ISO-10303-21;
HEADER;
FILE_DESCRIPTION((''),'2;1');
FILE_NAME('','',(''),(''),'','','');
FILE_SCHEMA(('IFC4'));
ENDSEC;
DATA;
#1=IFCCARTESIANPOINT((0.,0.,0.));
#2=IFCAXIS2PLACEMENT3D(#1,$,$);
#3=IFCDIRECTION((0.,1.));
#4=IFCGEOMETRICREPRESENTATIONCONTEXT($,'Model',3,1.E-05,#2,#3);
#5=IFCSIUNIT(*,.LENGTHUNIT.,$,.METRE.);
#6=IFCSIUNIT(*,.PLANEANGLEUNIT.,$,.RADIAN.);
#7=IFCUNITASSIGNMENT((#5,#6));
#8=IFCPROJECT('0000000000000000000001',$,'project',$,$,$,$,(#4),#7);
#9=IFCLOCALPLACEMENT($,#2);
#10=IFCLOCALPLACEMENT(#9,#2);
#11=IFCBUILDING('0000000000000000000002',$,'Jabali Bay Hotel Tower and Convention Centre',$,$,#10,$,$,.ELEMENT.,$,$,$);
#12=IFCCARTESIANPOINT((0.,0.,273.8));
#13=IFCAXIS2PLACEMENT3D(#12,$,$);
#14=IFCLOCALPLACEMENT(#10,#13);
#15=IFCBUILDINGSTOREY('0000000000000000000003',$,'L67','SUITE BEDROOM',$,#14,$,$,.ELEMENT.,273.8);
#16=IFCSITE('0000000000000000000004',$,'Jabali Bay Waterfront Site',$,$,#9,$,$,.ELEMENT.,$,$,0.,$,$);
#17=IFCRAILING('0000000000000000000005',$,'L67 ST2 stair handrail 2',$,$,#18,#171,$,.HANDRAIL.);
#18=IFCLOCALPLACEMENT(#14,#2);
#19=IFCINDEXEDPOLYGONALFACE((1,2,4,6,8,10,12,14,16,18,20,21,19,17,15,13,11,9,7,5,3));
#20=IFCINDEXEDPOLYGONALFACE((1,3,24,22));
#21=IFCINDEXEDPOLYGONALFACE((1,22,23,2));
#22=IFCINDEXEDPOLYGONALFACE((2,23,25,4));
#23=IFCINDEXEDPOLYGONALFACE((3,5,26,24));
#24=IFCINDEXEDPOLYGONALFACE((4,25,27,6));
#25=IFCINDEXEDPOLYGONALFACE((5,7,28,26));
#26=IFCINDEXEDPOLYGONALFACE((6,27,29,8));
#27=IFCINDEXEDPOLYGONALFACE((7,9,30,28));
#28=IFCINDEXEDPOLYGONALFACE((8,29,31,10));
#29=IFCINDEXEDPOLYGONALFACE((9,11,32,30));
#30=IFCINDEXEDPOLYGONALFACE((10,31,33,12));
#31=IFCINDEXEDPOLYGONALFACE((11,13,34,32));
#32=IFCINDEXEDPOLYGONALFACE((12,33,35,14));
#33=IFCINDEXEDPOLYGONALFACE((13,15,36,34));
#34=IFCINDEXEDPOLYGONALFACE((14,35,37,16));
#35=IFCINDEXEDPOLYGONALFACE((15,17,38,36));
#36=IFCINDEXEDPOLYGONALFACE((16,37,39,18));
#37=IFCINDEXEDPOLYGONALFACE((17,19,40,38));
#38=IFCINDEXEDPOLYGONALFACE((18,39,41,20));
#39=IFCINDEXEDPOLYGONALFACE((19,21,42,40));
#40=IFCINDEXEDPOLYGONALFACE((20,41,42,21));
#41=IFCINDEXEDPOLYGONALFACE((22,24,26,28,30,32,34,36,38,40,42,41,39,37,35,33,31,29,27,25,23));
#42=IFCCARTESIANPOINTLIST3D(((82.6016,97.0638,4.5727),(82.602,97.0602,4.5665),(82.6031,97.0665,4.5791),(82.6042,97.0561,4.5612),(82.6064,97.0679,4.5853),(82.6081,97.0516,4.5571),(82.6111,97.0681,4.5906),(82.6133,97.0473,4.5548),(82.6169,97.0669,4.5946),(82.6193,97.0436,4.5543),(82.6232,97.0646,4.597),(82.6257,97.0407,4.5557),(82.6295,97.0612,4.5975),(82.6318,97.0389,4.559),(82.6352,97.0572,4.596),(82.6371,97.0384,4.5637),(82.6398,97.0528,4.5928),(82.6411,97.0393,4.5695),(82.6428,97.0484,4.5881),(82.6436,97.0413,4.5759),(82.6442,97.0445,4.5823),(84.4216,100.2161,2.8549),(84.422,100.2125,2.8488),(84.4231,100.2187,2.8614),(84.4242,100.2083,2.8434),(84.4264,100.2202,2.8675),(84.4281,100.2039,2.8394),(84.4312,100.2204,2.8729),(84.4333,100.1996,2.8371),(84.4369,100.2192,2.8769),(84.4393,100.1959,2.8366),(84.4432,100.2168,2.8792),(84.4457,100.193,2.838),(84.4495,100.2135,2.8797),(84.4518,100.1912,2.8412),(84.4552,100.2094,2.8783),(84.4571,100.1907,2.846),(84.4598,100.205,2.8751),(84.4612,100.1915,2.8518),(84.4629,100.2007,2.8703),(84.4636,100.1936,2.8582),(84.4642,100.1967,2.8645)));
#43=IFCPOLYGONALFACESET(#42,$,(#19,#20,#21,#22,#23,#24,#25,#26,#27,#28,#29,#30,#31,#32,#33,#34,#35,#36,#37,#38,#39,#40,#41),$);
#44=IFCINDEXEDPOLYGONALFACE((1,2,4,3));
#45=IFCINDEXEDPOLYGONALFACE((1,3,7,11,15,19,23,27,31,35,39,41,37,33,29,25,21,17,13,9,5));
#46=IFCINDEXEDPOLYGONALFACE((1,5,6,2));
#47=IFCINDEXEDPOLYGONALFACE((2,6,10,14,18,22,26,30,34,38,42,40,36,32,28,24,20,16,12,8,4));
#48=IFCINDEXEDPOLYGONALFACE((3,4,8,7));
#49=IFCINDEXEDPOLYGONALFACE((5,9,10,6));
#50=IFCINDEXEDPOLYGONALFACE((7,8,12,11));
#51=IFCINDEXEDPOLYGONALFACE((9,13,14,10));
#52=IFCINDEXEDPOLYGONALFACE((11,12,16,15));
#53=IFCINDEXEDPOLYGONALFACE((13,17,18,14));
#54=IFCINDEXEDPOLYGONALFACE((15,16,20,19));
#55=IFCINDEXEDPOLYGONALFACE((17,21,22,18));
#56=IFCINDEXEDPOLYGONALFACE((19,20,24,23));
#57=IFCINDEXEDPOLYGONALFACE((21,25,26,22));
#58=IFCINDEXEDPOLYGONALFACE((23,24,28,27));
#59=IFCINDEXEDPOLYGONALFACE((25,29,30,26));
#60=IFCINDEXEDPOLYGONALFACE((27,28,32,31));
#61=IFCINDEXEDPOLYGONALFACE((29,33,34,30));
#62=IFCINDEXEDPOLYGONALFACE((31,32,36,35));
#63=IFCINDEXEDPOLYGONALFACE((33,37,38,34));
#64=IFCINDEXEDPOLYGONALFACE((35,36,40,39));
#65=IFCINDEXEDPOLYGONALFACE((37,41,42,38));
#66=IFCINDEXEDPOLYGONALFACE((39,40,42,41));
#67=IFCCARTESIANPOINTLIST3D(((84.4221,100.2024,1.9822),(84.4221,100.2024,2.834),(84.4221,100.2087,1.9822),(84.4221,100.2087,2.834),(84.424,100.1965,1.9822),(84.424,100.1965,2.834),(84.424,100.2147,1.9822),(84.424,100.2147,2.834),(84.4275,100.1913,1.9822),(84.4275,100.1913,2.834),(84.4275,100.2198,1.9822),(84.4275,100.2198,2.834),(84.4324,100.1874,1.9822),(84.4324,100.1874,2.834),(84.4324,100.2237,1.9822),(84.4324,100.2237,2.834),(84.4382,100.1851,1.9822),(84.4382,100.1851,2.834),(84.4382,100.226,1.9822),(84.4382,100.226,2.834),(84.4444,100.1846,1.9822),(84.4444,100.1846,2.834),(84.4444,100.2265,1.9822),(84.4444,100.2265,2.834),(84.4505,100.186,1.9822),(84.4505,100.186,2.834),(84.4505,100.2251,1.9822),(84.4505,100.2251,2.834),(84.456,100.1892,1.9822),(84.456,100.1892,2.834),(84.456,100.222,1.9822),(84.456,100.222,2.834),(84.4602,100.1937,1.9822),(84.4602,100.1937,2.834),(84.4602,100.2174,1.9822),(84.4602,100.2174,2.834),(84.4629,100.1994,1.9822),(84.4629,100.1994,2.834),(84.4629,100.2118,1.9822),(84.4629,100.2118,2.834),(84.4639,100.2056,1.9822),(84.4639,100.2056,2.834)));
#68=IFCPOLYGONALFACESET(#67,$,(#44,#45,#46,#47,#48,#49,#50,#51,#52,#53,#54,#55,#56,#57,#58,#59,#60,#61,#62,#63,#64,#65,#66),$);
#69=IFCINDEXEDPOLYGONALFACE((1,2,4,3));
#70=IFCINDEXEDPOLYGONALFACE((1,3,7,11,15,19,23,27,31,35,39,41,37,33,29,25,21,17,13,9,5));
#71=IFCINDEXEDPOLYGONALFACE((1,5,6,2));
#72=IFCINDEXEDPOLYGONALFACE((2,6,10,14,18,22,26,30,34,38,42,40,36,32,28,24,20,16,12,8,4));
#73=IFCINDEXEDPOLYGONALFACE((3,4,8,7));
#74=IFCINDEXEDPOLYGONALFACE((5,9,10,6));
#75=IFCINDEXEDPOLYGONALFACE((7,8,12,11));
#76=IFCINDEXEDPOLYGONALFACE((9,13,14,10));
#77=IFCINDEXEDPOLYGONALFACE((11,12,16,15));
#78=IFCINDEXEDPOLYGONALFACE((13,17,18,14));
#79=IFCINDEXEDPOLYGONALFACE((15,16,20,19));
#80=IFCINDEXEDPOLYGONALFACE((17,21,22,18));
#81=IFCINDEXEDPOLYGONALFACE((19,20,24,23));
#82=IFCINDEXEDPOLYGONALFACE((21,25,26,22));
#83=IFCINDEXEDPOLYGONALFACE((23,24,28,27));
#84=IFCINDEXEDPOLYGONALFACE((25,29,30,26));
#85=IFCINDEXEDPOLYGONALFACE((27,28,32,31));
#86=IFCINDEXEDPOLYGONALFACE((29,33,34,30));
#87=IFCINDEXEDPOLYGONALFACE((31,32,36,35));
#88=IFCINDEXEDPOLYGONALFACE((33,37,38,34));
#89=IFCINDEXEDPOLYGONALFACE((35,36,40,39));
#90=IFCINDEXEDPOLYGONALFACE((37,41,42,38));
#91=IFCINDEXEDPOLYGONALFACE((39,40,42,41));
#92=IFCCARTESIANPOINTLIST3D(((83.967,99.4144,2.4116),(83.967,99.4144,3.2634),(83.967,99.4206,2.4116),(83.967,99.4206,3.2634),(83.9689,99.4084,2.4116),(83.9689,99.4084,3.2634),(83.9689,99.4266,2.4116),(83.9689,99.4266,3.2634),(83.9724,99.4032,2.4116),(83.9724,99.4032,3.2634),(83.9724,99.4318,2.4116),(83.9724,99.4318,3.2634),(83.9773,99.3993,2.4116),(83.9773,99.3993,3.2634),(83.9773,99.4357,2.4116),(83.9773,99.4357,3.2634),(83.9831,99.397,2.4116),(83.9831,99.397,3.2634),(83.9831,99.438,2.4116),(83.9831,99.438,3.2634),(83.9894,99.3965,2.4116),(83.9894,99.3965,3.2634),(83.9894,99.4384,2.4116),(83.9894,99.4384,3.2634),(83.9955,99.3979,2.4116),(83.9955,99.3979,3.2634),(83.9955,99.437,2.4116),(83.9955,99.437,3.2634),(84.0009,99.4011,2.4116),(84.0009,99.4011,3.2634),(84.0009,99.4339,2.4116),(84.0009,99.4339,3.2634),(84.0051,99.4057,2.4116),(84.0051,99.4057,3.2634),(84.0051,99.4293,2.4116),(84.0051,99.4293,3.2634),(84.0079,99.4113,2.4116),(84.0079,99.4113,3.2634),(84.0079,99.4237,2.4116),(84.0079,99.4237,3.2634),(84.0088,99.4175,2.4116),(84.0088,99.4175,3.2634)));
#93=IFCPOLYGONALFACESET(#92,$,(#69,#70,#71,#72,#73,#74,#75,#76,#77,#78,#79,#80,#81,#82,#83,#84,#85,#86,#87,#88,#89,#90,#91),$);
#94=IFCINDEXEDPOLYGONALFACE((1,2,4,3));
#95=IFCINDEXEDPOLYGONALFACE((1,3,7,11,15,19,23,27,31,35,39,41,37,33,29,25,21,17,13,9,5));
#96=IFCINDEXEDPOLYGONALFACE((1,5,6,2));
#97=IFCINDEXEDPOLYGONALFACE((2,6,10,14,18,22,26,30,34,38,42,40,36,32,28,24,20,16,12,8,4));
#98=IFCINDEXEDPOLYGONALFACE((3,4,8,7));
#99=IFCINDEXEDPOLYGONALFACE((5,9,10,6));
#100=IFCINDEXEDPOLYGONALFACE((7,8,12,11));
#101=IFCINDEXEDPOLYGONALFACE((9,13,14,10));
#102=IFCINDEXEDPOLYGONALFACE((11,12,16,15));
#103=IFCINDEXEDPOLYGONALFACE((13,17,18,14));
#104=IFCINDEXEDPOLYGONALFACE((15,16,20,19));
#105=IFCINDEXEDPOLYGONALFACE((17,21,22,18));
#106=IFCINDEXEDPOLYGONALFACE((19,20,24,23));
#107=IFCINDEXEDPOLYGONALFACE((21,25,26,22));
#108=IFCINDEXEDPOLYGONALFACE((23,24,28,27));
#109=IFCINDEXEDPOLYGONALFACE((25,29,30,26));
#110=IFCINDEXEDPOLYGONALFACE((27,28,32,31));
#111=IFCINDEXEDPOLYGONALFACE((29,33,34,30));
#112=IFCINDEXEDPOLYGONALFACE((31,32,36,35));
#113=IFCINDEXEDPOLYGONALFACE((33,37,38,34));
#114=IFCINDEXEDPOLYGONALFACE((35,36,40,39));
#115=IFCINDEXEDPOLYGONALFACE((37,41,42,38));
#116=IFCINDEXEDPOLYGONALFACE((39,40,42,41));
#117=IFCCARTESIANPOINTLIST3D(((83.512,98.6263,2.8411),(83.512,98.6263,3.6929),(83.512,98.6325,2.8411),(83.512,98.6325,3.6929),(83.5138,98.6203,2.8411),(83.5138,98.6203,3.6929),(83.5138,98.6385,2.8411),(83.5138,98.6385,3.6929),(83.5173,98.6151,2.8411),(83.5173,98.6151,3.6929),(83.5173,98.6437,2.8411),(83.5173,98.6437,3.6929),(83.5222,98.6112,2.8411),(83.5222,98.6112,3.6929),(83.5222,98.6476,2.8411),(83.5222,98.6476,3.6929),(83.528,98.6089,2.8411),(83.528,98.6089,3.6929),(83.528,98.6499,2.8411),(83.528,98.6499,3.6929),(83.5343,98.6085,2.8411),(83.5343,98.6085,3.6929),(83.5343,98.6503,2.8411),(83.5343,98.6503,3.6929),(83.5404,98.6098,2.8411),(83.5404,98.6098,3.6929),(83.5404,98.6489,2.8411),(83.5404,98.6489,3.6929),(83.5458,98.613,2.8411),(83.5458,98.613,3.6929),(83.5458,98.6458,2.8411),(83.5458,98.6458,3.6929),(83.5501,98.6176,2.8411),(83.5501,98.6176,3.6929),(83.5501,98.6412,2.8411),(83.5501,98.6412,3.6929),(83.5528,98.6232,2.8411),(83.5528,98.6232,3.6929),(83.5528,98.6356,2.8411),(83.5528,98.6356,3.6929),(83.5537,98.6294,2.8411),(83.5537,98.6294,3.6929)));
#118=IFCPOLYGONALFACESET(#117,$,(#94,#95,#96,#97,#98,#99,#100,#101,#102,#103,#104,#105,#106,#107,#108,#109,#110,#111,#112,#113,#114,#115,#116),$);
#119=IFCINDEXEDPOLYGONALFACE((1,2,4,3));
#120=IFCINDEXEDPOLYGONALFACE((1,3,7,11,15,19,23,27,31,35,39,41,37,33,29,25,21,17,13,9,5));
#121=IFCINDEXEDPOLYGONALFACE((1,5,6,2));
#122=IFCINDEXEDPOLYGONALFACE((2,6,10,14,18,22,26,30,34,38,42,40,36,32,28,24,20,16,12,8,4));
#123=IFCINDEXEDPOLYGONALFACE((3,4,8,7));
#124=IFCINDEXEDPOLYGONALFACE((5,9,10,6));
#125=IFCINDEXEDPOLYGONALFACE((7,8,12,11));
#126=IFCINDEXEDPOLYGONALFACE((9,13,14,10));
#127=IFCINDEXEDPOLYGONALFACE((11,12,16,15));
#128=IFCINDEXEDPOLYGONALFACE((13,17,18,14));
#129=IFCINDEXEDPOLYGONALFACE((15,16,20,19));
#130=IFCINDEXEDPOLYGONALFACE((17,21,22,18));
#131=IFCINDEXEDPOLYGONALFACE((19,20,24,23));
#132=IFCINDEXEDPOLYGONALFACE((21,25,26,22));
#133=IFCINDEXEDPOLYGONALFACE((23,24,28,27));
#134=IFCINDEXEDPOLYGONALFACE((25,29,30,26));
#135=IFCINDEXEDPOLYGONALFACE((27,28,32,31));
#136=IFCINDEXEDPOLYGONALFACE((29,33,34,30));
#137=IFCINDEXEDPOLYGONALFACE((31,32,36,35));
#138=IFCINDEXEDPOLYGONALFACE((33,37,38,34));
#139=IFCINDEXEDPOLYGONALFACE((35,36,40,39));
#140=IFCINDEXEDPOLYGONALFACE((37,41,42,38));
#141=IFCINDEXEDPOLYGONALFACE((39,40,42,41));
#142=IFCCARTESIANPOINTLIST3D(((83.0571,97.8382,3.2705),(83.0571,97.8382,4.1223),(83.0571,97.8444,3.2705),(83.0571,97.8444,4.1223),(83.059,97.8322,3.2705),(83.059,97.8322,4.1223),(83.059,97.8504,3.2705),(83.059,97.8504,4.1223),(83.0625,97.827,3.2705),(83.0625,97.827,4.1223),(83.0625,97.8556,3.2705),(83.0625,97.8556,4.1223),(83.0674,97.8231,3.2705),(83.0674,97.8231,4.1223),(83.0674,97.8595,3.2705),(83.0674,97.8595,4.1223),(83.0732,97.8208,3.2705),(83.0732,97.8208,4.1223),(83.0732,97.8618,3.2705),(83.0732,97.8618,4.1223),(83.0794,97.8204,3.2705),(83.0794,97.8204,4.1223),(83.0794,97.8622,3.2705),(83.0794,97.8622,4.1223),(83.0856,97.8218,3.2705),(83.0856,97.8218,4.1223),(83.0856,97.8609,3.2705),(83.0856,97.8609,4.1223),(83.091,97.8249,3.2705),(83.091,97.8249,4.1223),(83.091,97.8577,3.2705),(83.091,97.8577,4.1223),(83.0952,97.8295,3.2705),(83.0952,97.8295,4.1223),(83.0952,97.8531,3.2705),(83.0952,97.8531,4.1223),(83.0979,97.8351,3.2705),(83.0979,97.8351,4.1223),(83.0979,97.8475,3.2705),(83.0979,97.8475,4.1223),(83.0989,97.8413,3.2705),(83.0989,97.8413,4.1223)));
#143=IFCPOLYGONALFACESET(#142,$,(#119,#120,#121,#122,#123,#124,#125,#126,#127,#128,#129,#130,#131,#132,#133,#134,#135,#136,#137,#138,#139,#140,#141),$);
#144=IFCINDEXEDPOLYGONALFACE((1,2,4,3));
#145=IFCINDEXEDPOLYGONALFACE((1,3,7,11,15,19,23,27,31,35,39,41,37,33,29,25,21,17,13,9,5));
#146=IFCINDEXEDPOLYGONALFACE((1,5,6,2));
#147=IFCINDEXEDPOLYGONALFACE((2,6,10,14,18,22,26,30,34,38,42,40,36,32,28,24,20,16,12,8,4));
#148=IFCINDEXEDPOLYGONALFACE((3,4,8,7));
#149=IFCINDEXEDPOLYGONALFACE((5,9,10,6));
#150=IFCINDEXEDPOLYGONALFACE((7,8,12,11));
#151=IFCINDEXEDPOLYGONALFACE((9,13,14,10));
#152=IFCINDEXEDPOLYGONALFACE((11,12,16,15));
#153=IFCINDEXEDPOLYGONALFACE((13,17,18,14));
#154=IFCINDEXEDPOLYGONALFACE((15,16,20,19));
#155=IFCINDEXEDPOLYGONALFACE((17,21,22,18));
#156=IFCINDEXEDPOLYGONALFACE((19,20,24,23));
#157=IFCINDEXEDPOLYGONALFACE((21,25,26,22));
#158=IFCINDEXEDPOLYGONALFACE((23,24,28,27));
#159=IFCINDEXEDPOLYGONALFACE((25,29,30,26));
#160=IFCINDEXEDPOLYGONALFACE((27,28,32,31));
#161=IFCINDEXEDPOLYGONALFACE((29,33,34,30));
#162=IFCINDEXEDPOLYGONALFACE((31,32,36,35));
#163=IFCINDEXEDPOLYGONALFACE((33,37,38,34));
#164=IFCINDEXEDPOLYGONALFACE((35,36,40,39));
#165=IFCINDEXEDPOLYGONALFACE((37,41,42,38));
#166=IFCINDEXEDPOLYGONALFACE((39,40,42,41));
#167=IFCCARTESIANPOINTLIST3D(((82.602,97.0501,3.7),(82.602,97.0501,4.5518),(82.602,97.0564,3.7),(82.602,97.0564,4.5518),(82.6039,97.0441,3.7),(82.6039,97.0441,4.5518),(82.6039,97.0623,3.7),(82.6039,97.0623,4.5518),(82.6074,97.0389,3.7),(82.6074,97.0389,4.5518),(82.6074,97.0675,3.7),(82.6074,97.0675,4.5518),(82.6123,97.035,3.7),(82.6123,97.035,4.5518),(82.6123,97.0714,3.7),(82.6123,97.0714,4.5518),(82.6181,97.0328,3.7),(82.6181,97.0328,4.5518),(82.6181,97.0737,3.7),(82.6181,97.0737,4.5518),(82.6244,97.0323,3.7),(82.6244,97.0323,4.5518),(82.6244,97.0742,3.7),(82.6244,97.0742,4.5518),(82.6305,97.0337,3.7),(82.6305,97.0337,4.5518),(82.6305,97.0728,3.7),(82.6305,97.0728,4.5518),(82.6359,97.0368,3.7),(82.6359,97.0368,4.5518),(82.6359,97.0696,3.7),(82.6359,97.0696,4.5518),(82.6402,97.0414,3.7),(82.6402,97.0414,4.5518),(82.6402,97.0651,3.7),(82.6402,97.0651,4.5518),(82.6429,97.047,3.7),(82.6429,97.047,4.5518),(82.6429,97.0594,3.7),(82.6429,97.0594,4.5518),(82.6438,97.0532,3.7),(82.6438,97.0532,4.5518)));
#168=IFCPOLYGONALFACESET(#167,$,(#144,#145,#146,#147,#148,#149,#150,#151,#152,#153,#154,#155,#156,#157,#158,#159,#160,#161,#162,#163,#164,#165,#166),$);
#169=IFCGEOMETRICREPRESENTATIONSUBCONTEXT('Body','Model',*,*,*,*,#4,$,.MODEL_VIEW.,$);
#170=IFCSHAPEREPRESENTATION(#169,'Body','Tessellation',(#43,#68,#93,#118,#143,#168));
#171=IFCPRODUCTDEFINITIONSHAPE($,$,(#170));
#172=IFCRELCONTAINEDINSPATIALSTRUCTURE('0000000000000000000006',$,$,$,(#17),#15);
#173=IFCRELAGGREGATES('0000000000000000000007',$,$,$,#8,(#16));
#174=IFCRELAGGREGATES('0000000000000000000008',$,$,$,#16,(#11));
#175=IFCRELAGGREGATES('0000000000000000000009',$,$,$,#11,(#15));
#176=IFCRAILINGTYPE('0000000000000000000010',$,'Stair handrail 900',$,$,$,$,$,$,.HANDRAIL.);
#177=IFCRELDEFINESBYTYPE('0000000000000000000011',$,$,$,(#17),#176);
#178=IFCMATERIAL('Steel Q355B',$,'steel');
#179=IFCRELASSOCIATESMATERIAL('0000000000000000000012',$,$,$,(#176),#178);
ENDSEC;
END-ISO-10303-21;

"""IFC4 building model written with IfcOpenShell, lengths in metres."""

from ifc_helpers import new_model, si_unit, direction, frame, origin, origin_2d, place, context, subcontext, project, spatial, circle, extrude, material, type_object, element, save


model = new_model("IFC4")

# Units and contexts
model_context = context("Model", 3, precision=1e-05, world=origin(), true_north=direction((0.0, 1.0)))
body_context = subcontext(model_context, "Body", "Model", "MODEL_VIEW")
ifc_project = project(units=[si_unit("LENGTHUNIT", "METRE"), si_unit("PLANEANGLEUNIT", "RADIAN")], contexts=[model_context])

# Site, building, storey
site_placement = place(None, origin())
site = spatial("IfcSite", under=ifc_project, at=site_placement, Name="Jabali Bay Waterfront Site", CompositionType="ELEMENT", RefElevation=0.0)
building_placement = place(site_placement, origin())
building = spatial("IfcBuilding", under=site, at=building_placement, Name="Jabali Bay Hotel Tower and Convention Centre", CompositionType="ELEMENT")
storey_placement = place(building_placement, frame((0.0, 0.0, 273.8)))
storey = spatial("IfcBuildingStorey", under=building, at=storey_placement, Name="L67", Description="SUITE BEDROOM", CompositionType="ELEMENT", Elevation=273.8)

# Railing
ifc_material_1 = material(Name="Steel Q355B", Category="steel")
railing_type = type_object("IfcRailingType", Name="Stair handrail 900", PredefinedType="HANDRAIL", material=ifc_material_1)
railing_placement = place(storey_placement, frame((84.4429, 100.2056, 1.9822)))
element("IfcRailing", 1, at=railing_placement, inside=storey, type_object=railing_type, Name="L67 ST2 stair handrail 2", PredefinedType="HANDRAIL", context=body_context, shape_type="SweptSolid", body=[
    extrude(circle(Radius=0.0239, at=origin_2d()), frame((0.0, 0.0, 0.876), z_axis=(-0.45219, -0.78319, 0.426775), x_axis=(0.866018, -0.500013, 0.0)), (0.0, 0.0, 1.0), 4.0249),
    extrude(circle(Radius=0.021, at=origin_2d()), origin(), (0.0, 0.0, 1.0), 0.8518),
    extrude(circle(Radius=0.021, at=origin_2d()), frame((-0.4551, -0.7881, 0.4294)), (0.0, 0.0, 1.0), 0.8518),
    extrude(circle(Radius=0.021, at=origin_2d()), frame((-0.9102, -1.5762, 0.8589)), (0.0, 0.0, 1.0), 0.8518),
    extrude(circle(Radius=0.021, at=origin_2d()), frame((-1.365, -2.3643, 1.2883)), (0.0, 0.0, 1.0), 0.8518),
    extrude(circle(Radius=0.021, at=origin_2d()), frame((-1.8201, -3.1523, 1.7178)), (0.0, 0.0, 1.0), 0.8518),
])

save(model, "model.ifc")
